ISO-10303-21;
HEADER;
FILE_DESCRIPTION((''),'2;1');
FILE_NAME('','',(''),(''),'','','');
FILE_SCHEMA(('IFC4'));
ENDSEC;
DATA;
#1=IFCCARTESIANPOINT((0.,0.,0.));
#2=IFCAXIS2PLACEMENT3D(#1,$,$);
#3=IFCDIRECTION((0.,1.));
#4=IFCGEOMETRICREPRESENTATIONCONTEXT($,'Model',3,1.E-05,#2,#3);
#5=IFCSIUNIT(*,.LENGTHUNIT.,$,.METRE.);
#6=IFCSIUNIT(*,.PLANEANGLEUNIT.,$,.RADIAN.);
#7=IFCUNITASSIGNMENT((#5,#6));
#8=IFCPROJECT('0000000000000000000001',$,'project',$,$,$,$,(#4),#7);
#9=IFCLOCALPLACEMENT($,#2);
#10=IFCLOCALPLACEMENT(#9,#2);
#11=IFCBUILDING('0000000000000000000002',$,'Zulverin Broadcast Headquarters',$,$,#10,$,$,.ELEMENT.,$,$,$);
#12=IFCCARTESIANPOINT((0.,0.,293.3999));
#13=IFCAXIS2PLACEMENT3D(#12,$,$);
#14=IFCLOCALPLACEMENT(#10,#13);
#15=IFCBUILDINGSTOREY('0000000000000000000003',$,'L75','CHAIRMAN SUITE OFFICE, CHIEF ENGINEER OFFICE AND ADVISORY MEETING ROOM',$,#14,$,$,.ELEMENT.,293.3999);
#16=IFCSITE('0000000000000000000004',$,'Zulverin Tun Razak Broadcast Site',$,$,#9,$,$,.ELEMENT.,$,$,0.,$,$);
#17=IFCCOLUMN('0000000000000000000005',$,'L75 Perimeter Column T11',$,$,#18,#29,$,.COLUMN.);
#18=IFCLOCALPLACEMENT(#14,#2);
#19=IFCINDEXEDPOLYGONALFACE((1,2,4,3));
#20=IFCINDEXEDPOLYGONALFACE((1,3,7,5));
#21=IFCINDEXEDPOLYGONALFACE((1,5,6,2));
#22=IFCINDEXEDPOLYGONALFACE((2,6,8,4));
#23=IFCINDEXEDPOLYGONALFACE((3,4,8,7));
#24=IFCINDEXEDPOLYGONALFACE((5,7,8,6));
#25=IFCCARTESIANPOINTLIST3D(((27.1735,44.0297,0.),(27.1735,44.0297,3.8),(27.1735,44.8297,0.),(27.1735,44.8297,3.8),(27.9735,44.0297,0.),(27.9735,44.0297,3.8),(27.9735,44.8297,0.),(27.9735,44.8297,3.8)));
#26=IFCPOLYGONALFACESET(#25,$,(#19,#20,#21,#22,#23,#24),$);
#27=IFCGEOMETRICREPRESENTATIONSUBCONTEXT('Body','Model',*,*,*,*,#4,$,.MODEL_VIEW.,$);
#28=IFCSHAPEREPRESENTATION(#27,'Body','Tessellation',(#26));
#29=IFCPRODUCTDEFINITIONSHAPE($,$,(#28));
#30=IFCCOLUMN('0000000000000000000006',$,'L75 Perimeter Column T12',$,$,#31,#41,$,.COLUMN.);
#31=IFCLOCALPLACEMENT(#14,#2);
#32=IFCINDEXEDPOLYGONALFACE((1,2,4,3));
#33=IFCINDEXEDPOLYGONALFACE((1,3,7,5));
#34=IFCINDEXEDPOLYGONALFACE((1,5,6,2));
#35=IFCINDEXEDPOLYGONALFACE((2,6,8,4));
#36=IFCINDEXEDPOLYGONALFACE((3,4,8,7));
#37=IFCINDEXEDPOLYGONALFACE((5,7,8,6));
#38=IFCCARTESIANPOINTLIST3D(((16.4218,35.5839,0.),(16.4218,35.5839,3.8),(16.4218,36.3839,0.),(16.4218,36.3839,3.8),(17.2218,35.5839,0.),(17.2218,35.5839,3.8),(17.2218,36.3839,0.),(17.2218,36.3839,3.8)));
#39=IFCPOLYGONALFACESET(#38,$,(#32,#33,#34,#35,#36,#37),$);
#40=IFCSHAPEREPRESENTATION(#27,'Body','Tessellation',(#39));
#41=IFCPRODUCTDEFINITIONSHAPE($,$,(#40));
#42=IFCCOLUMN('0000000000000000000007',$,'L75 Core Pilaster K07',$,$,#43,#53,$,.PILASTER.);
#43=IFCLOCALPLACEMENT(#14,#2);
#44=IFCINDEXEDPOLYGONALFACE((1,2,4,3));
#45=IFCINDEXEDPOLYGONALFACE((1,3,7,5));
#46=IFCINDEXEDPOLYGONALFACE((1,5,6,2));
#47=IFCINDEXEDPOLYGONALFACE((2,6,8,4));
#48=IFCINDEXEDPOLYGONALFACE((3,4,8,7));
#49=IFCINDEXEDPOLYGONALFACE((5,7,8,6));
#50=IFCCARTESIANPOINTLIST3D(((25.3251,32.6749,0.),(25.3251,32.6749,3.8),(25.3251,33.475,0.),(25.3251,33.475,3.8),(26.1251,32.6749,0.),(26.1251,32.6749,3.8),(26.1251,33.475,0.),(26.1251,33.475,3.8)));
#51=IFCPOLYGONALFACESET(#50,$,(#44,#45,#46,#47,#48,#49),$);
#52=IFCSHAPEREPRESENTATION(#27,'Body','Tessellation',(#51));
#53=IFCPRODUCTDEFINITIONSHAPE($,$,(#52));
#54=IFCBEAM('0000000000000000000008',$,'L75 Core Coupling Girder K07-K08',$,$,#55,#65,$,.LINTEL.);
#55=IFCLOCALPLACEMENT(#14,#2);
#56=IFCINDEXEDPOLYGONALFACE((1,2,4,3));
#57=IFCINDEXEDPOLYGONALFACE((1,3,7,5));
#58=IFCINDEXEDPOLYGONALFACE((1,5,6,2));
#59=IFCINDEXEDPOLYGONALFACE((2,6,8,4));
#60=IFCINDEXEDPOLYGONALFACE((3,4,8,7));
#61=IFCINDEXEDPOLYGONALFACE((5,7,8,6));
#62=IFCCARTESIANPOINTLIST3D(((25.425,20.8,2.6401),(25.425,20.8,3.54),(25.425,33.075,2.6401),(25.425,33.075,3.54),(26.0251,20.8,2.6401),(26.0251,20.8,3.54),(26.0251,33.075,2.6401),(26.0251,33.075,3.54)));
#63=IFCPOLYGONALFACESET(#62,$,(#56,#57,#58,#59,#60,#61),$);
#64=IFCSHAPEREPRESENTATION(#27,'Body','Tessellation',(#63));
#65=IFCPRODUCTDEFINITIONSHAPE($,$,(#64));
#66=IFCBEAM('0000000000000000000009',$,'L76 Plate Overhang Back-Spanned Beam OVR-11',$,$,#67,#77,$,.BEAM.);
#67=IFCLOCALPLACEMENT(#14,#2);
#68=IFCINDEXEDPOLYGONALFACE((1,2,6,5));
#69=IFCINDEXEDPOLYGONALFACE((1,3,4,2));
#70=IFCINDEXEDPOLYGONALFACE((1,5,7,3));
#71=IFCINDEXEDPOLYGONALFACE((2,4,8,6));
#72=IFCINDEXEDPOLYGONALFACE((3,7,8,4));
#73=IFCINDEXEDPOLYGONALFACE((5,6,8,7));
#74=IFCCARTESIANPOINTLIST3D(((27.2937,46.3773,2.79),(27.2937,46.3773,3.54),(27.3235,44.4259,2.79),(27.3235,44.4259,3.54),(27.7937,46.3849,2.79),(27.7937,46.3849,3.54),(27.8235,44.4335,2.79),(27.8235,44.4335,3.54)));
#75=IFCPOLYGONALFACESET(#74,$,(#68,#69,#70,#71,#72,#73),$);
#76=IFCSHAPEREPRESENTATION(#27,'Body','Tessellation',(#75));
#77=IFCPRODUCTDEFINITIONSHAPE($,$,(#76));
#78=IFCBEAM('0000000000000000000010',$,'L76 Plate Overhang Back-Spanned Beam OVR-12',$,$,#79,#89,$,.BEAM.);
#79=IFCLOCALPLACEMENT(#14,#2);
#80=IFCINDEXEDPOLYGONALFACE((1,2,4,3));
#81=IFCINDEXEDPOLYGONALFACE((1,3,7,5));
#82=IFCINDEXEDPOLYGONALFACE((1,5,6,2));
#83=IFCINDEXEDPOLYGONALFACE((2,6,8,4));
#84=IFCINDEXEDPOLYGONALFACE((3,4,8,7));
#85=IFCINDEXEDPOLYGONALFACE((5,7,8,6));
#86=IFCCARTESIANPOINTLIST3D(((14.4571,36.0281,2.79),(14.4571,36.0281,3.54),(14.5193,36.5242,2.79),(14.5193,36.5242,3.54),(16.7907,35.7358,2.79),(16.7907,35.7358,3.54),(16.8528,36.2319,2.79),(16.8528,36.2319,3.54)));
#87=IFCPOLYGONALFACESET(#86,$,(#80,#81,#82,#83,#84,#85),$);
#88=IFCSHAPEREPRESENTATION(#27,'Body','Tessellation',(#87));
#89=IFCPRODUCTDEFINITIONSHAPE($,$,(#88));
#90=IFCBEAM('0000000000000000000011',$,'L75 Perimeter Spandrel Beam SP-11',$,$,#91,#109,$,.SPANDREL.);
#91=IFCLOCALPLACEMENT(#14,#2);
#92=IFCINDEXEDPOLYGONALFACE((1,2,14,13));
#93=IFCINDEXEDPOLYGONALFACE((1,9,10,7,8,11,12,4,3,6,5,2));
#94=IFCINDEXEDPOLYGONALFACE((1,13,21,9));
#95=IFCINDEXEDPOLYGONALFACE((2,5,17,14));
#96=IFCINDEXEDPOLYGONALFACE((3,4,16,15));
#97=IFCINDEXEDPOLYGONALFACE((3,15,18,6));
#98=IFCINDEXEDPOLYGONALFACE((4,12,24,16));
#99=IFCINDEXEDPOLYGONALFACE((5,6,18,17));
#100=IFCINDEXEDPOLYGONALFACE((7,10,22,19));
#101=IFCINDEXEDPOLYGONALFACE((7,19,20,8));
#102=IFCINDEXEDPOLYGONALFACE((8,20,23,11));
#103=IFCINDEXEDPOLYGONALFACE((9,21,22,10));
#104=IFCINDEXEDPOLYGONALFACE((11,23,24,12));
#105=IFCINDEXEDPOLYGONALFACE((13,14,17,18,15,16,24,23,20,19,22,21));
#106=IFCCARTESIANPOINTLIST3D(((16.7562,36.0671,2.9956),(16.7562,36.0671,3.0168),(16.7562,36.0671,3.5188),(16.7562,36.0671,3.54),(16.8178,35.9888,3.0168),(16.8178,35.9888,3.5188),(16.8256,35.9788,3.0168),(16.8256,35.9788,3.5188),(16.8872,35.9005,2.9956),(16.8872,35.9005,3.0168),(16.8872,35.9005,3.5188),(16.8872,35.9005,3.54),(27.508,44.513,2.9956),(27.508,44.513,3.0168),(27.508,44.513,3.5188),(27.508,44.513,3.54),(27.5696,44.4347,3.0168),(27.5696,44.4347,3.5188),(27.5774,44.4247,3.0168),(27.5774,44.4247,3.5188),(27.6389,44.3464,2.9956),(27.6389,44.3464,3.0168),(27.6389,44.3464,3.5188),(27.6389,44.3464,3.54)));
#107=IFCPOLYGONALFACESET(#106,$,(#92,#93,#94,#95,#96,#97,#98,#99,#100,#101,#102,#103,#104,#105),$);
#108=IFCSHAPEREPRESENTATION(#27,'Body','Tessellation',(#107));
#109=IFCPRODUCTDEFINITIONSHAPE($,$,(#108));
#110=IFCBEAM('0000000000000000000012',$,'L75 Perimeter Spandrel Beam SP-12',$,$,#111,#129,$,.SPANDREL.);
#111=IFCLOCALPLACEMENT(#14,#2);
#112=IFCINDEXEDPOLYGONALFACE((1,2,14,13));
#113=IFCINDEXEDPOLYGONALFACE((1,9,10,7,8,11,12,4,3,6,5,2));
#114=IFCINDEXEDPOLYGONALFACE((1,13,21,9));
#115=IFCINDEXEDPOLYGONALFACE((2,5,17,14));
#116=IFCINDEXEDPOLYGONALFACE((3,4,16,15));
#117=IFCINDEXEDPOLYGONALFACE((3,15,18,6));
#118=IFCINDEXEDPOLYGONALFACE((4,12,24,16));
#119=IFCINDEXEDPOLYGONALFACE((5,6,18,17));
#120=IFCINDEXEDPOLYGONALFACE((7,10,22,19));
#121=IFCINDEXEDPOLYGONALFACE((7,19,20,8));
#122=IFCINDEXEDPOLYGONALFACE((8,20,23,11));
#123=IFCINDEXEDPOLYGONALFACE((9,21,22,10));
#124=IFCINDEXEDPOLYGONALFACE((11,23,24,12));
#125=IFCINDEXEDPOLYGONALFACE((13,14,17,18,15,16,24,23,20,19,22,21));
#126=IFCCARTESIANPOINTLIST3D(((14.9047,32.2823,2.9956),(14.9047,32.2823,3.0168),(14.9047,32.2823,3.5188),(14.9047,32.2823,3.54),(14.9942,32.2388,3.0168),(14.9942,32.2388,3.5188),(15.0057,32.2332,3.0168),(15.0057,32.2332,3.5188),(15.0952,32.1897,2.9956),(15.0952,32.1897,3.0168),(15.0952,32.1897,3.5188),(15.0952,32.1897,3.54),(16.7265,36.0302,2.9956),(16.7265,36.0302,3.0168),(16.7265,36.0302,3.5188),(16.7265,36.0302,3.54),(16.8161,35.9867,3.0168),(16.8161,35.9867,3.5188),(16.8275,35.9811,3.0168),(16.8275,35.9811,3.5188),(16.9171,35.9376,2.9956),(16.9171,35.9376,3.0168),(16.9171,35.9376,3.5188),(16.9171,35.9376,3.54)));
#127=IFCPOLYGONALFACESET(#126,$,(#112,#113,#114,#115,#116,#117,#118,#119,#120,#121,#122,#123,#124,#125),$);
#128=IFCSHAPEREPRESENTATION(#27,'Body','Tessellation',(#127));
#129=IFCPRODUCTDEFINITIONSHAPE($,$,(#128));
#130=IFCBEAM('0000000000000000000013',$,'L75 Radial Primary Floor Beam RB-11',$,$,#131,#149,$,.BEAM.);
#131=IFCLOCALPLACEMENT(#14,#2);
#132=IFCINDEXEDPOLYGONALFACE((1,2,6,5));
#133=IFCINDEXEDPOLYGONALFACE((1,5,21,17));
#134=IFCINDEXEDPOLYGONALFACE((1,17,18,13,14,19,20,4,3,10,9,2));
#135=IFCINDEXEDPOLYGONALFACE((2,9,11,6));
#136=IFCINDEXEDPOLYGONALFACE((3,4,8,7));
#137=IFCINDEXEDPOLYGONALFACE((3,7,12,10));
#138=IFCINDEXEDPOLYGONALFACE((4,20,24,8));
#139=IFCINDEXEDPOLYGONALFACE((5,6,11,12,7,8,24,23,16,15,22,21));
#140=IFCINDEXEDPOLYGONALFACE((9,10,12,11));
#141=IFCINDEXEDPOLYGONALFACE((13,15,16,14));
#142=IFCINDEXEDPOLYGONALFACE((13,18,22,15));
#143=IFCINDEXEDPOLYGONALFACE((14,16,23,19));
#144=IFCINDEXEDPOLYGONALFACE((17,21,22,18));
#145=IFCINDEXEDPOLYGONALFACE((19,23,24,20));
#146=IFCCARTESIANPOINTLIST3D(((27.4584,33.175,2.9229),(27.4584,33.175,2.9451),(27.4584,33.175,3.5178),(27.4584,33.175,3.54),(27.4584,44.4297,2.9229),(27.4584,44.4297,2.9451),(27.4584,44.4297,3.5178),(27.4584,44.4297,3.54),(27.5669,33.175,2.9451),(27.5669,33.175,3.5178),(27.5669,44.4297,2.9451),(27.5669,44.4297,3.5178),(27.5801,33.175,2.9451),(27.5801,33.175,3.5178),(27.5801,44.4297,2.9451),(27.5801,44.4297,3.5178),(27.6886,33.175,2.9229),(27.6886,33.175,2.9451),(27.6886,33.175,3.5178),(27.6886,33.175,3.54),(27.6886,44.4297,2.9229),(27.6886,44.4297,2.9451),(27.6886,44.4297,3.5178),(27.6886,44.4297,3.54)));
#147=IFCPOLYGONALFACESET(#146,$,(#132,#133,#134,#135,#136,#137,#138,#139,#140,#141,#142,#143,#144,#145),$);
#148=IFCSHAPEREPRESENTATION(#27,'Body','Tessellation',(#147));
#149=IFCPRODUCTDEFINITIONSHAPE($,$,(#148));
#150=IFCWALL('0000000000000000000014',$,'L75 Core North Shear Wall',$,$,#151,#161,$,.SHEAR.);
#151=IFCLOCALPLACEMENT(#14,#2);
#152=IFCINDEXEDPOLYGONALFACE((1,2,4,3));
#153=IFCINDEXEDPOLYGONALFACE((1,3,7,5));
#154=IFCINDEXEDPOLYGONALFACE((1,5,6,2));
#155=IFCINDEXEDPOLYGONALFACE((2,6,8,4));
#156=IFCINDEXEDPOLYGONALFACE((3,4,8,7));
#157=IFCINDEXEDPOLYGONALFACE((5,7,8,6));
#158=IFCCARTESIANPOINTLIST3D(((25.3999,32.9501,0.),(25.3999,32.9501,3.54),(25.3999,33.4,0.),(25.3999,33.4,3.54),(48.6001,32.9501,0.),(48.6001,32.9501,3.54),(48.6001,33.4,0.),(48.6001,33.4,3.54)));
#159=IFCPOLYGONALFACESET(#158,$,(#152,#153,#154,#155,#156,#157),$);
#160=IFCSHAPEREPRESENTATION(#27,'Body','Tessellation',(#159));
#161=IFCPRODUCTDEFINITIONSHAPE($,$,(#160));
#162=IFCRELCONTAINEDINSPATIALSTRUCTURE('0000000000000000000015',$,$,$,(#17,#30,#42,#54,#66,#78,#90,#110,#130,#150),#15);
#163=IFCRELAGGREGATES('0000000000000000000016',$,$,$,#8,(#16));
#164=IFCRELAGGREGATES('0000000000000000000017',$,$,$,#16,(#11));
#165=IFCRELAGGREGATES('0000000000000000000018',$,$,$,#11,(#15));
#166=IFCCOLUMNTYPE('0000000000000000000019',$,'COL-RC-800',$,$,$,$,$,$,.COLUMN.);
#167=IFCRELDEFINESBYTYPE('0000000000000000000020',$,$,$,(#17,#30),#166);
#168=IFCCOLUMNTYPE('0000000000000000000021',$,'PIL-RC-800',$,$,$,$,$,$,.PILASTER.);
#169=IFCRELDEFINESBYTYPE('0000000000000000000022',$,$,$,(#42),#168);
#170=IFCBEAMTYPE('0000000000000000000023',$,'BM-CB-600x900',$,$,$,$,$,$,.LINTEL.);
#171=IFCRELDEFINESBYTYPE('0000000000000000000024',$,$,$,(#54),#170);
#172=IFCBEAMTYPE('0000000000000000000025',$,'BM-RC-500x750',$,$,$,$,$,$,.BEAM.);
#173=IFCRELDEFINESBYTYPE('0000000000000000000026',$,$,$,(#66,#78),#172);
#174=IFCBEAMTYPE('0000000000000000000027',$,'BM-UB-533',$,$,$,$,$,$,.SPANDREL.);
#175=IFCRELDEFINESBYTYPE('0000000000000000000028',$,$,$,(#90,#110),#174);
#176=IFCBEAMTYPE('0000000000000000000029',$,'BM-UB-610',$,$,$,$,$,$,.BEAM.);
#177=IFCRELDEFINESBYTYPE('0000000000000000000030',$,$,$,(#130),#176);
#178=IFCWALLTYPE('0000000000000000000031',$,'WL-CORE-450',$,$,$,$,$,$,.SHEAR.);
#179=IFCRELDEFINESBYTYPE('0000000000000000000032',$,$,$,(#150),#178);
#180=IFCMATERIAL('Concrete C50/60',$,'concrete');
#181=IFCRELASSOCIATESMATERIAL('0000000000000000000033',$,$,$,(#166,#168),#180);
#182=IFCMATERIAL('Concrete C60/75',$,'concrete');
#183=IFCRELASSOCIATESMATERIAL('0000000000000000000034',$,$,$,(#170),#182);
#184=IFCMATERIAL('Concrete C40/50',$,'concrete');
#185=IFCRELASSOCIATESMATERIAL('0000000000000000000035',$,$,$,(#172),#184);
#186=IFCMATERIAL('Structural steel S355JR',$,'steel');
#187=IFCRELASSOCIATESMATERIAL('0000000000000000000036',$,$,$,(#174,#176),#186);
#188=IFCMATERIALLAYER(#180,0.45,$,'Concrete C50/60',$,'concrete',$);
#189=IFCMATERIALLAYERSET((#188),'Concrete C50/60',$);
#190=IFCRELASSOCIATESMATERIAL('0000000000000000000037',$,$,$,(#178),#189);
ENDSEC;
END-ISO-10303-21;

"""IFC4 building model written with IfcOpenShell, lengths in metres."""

from ifc_helpers import new_model, si_unit, direction, frame, frame_2d, origin, origin_2d, place, context, subcontext, project, spatial, rectangle, i_section, extrude, material, layer, layer_set, material_profile, profile_set, type_object, element, save


model = new_model("IFC4")

# Units and contexts
model_context = context("Model", 3, precision=1e-05, world=origin(), true_north=direction((0.0, 1.0)))
body_context = subcontext(model_context, "Body", "Model", "MODEL_VIEW")
ifc_project = project(units=[si_unit("LENGTHUNIT", "METRE"), si_unit("PLANEANGLEUNIT", "RADIAN")], contexts=[model_context])

# Site, building, storey
site_placement = place(None, origin())
site = spatial("IfcSite", under=ifc_project, at=site_placement, Name="Zulverin Tun Razak Broadcast Site", CompositionType="ELEMENT", RefElevation=0.0)
building_placement = place(site_placement, origin())
building = spatial("IfcBuilding", under=site, at=building_placement, Name="Zulverin Broadcast Headquarters", CompositionType="ELEMENT")
storey_placement = place(building_placement, frame((0.0, 0.0, 293.3999)))
storey = spatial("IfcBuildingStorey", under=building, at=storey_placement, Name="L75", Description="CHAIRMAN SUITE OFFICE, CHIEF ENGINEER OFFICE AND ADVISORY MEETING ROOM", CompositionType="ELEMENT", Elevation=293.3999)

# Columns
ifc_material_1 = material(Name="Concrete C50/60", Category="concrete")
ifc_material_profile_1 = material_profile(ifc_material_1, rectangle(XDim=0.8, YDim=0.8, at=origin_2d()), Name="Concrete C50/60", Category="concrete")
ifc_profile_set_1 = profile_set([ifc_material_profile_1], Name="Concrete C50/60")
column_type_1 = type_object("IfcColumnType", Name="COL-RC-800", PredefinedType="COLUMN", material=ifc_profile_set_1)
for number, where, z_axis, x_axis, name in (
    (1, (27.5735, 44.4297, 0.0), (0.0, 0.0, 1.0), (1.0, 0.0, 0.0), "L75 Perimeter Column T11"),
    (2, (16.8218, 35.9839, 0.0), (0.0, 0.0, 1.0), (1.0, 0.0, 0.0), "L75 Perimeter Column T12"),
):
    element("IfcColumn", number, at=place(storey_placement, frame(where, z_axis=z_axis, x_axis=x_axis)), inside=storey, type_object=column_type_1, Name=name, PredefinedType="COLUMN", context=body_context, shape_type="SweptSolid", body=[
        extrude(rectangle(XDim=0.8, YDim=0.8, at=origin_2d()), origin(), (0.0, 0.0, 1.0), 3.8),
    ])
ifc_material_profile_2 = material_profile(ifc_material_1, rectangle(XDim=0.8, YDim=0.8, at=origin_2d()), Name="Concrete C50/60", Category="concrete")
ifc_profile_set_2 = profile_set([ifc_material_profile_2], Name="Concrete C50/60")
column_type_2 = type_object("IfcColumnType", Name="PIL-RC-800", PredefinedType="PILASTER", material=ifc_profile_set_2)
column_placement = place(storey_placement, frame((25.7251, 33.075, 0.0), z_axis=(0.0, 0.0, 1.0), x_axis=(1.0, 0.0, 0.0)))
element("IfcColumn", 3, at=column_placement, inside=storey, type_object=column_type_2, Name="L75 Core Pilaster K07", PredefinedType="PILASTER", context=body_context, shape_type="SweptSolid", body=[
    extrude(rectangle(XDim=0.8, YDim=0.8, at=origin_2d()), origin(), (0.0, 0.0, 1.0), 3.8),
])

# Beams
ifc_material_2 = material(Name="Concrete C60/75", Category="concrete")
ifc_material_profile_3 = material_profile(ifc_material_2, rectangle(XDim=0.6001, YDim=0.8999, at=origin_2d()), Name="Concrete C60/75", Category="concrete")
ifc_profile_set_3 = profile_set([ifc_material_profile_3], Name="Concrete C60/75")
beam_type_1 = type_object("IfcBeamType", Name="BM-CB-600x900", PredefinedType="LINTEL", material=ifc_profile_set_3)
beam_1_placement = place(storey_placement, frame((25.7251, 33.075, 3.0901), z_axis=(0.0, -1.0, 0.0), x_axis=(1.0, 0.0, 0.0)))
element("IfcBeam", 4, at=beam_1_placement, inside=storey, type_object=beam_type_1, Name="L75 Core Coupling Girder K07-K08", PredefinedType="LINTEL", context=body_context, shape_type="SweptSolid", body=[
    extrude(rectangle(XDim=0.6001, YDim=0.8999, at=origin_2d()), origin(), (0.0, 0.0, 1.0), 12.2749),
])
ifc_material_3 = material(Name="Concrete C40/50", Category="concrete")
ifc_material_profile_4 = material_profile(ifc_material_3, rectangle(XDim=0.5, YDim=0.75, at=origin_2d()), Name="Concrete C40/50", Category="concrete")
ifc_profile_set_4 = profile_set([ifc_material_profile_4], Name="Concrete C40/50")
beam_type_2 = type_object("IfcBeamType", Name="BM-RC-500x750", PredefinedType="BEAM", material=ifc_profile_set_4)
beam_2_placement = place(storey_placement, frame((27.5735, 44.4297, 3.165), z_axis=(-0.015262, 0.999884, 0.0), x_axis=(-0.999884, -0.015262, 0.0)))
element("IfcBeam", 5, at=beam_2_placement, inside=storey, type_object=beam_type_2, Name="L76 Plate Overhang Back-Spanned Beam OVR-11", PredefinedType="BEAM", context=body_context, shape_type="SweptSolid", body=[
    extrude(rectangle(XDim=0.5, YDim=0.75, at=origin_2d()), origin(), (0.0, 0.0, 1.0), 1.9517),
])
beam_3_placement = place(storey_placement, frame((16.8218, 35.9839, 3.165), z_axis=(-0.992249, 0.124265, 0.0), x_axis=(-0.124265, -0.992249, 0.0)))
element("IfcBeam", 6, at=beam_3_placement, inside=storey, type_object=beam_type_2, Name="L76 Plate Overhang Back-Spanned Beam OVR-12", PredefinedType="BEAM", context=body_context, shape_type="SweptSolid", body=[
    extrude(rectangle(XDim=0.5, YDim=0.75, at=origin_2d()), origin(), (0.0, 0.0, 1.0), 2.3518),
])
ifc_material_4 = material(Name="Structural steel S355JR", Category="steel")
ifc_material_profile_5 = material_profile(ifc_material_4, i_section(OverallWidth=0.2119, OverallDepth=0.5444, WebThickness=0.0127, FlangeThickness=0.0212, at=origin_2d()), Name="Structural steel S355JR", Category="steel")
ifc_profile_set_5 = profile_set([ifc_material_profile_5], Name="Structural steel S355JR")
beam_type_3 = type_object("IfcBeamType", Name="BM-UB-533", PredefinedType="SPANDREL", material=ifc_profile_set_5)
beam_4_placement = place(storey_placement, frame((27.5735, 44.4297, 3.2678), z_axis=(-0.786388, -0.617732, 0.0), x_axis=(0.617732, -0.786388, 0.0)))
element("IfcBeam", 7, at=beam_4_placement, inside=storey, type_object=beam_type_3, Name="L75 Perimeter Spandrel Beam SP-11", PredefinedType="SPANDREL", context=body_context, shape_type="SweptSolid", body=[
    extrude(i_section(OverallWidth=0.2119, OverallDepth=0.5444, WebThickness=0.0127, FlangeThickness=0.0212, at=origin_2d()), origin(), (0.0, 0.0, 1.0), 13.6724),
])
beam_5_placement = place(storey_placement, frame((16.8218, 35.9839, 3.2678), z_axis=(-0.437179, -0.899375, 0.0), x_axis=(0.899375, -0.437179, 0.0)))
element("IfcBeam", 8, at=beam_5_placement, inside=storey, type_object=beam_type_3, Name="L75 Perimeter Spandrel Beam SP-12", PredefinedType="SPANDREL", context=body_context, shape_type="SweptSolid", body=[
    extrude(i_section(OverallWidth=0.2119, OverallDepth=0.5444, WebThickness=0.0127, FlangeThickness=0.0212, at=origin_2d()), origin(), (0.0, 0.0, 1.0), 4.1672),
])
ifc_material_profile_6 = material_profile(ifc_material_4, i_section(OverallWidth=0.2302, OverallDepth=0.6172, WebThickness=0.0132, FlangeThickness=0.0222, at=origin_2d()), Name="Structural steel S355JR", Category="steel")
ifc_profile_set_6 = profile_set([ifc_material_profile_6], Name="Structural steel S355JR")
beam_type_4 = type_object("IfcBeamType", Name="BM-UB-610", PredefinedType="BEAM", material=ifc_profile_set_6)
beam_6_placement = place(storey_placement, frame((27.5735, 33.175, 3.2314), z_axis=(0.0, 1.0, 0.0), x_axis=(-1.0, 0.0, 0.0)))
element("IfcBeam", 9, at=beam_6_placement, inside=storey, type_object=beam_type_4, Name="L75 Radial Primary Floor Beam RB-11", PredefinedType="BEAM", context=body_context, shape_type="SweptSolid", body=[
    extrude(i_section(OverallWidth=0.2302, OverallDepth=0.6172, WebThickness=0.0132, FlangeThickness=0.0222, at=origin_2d()), origin(), (0.0, 0.0, 1.0), 11.2546),
])

# Wall
ifc_layer_1 = layer(ifc_material_1, 0.45, Name="Concrete C50/60", Category="concrete")
ifc_layer_set_1 = layer_set([ifc_layer_1], Name="Concrete C50/60")
wall_type_1 = type_object("IfcWallType", Name="WL-CORE-450", PredefinedType="SHEAR", material=ifc_layer_set_1)
wall_1_placement = place(storey_placement, frame((25.3999, 33.175, 0.0), z_axis=(0.0, 0.0, 1.0), x_axis=(1.0, 0.0, 0.0)))
element("IfcWall", 10, at=wall_1_placement, inside=storey, type_object=wall_type_1, Name="L75 Core North Shear Wall", PredefinedType="SHEAR", context=body_context, shape_type="SweptSolid", body=[
    extrude(rectangle(XDim=23.2002, YDim=0.45, at=frame_2d((11.6001, 0.0))), origin(), (0.0, 0.0, 1.0), 3.54),
])

save(model, "model.ifc")
